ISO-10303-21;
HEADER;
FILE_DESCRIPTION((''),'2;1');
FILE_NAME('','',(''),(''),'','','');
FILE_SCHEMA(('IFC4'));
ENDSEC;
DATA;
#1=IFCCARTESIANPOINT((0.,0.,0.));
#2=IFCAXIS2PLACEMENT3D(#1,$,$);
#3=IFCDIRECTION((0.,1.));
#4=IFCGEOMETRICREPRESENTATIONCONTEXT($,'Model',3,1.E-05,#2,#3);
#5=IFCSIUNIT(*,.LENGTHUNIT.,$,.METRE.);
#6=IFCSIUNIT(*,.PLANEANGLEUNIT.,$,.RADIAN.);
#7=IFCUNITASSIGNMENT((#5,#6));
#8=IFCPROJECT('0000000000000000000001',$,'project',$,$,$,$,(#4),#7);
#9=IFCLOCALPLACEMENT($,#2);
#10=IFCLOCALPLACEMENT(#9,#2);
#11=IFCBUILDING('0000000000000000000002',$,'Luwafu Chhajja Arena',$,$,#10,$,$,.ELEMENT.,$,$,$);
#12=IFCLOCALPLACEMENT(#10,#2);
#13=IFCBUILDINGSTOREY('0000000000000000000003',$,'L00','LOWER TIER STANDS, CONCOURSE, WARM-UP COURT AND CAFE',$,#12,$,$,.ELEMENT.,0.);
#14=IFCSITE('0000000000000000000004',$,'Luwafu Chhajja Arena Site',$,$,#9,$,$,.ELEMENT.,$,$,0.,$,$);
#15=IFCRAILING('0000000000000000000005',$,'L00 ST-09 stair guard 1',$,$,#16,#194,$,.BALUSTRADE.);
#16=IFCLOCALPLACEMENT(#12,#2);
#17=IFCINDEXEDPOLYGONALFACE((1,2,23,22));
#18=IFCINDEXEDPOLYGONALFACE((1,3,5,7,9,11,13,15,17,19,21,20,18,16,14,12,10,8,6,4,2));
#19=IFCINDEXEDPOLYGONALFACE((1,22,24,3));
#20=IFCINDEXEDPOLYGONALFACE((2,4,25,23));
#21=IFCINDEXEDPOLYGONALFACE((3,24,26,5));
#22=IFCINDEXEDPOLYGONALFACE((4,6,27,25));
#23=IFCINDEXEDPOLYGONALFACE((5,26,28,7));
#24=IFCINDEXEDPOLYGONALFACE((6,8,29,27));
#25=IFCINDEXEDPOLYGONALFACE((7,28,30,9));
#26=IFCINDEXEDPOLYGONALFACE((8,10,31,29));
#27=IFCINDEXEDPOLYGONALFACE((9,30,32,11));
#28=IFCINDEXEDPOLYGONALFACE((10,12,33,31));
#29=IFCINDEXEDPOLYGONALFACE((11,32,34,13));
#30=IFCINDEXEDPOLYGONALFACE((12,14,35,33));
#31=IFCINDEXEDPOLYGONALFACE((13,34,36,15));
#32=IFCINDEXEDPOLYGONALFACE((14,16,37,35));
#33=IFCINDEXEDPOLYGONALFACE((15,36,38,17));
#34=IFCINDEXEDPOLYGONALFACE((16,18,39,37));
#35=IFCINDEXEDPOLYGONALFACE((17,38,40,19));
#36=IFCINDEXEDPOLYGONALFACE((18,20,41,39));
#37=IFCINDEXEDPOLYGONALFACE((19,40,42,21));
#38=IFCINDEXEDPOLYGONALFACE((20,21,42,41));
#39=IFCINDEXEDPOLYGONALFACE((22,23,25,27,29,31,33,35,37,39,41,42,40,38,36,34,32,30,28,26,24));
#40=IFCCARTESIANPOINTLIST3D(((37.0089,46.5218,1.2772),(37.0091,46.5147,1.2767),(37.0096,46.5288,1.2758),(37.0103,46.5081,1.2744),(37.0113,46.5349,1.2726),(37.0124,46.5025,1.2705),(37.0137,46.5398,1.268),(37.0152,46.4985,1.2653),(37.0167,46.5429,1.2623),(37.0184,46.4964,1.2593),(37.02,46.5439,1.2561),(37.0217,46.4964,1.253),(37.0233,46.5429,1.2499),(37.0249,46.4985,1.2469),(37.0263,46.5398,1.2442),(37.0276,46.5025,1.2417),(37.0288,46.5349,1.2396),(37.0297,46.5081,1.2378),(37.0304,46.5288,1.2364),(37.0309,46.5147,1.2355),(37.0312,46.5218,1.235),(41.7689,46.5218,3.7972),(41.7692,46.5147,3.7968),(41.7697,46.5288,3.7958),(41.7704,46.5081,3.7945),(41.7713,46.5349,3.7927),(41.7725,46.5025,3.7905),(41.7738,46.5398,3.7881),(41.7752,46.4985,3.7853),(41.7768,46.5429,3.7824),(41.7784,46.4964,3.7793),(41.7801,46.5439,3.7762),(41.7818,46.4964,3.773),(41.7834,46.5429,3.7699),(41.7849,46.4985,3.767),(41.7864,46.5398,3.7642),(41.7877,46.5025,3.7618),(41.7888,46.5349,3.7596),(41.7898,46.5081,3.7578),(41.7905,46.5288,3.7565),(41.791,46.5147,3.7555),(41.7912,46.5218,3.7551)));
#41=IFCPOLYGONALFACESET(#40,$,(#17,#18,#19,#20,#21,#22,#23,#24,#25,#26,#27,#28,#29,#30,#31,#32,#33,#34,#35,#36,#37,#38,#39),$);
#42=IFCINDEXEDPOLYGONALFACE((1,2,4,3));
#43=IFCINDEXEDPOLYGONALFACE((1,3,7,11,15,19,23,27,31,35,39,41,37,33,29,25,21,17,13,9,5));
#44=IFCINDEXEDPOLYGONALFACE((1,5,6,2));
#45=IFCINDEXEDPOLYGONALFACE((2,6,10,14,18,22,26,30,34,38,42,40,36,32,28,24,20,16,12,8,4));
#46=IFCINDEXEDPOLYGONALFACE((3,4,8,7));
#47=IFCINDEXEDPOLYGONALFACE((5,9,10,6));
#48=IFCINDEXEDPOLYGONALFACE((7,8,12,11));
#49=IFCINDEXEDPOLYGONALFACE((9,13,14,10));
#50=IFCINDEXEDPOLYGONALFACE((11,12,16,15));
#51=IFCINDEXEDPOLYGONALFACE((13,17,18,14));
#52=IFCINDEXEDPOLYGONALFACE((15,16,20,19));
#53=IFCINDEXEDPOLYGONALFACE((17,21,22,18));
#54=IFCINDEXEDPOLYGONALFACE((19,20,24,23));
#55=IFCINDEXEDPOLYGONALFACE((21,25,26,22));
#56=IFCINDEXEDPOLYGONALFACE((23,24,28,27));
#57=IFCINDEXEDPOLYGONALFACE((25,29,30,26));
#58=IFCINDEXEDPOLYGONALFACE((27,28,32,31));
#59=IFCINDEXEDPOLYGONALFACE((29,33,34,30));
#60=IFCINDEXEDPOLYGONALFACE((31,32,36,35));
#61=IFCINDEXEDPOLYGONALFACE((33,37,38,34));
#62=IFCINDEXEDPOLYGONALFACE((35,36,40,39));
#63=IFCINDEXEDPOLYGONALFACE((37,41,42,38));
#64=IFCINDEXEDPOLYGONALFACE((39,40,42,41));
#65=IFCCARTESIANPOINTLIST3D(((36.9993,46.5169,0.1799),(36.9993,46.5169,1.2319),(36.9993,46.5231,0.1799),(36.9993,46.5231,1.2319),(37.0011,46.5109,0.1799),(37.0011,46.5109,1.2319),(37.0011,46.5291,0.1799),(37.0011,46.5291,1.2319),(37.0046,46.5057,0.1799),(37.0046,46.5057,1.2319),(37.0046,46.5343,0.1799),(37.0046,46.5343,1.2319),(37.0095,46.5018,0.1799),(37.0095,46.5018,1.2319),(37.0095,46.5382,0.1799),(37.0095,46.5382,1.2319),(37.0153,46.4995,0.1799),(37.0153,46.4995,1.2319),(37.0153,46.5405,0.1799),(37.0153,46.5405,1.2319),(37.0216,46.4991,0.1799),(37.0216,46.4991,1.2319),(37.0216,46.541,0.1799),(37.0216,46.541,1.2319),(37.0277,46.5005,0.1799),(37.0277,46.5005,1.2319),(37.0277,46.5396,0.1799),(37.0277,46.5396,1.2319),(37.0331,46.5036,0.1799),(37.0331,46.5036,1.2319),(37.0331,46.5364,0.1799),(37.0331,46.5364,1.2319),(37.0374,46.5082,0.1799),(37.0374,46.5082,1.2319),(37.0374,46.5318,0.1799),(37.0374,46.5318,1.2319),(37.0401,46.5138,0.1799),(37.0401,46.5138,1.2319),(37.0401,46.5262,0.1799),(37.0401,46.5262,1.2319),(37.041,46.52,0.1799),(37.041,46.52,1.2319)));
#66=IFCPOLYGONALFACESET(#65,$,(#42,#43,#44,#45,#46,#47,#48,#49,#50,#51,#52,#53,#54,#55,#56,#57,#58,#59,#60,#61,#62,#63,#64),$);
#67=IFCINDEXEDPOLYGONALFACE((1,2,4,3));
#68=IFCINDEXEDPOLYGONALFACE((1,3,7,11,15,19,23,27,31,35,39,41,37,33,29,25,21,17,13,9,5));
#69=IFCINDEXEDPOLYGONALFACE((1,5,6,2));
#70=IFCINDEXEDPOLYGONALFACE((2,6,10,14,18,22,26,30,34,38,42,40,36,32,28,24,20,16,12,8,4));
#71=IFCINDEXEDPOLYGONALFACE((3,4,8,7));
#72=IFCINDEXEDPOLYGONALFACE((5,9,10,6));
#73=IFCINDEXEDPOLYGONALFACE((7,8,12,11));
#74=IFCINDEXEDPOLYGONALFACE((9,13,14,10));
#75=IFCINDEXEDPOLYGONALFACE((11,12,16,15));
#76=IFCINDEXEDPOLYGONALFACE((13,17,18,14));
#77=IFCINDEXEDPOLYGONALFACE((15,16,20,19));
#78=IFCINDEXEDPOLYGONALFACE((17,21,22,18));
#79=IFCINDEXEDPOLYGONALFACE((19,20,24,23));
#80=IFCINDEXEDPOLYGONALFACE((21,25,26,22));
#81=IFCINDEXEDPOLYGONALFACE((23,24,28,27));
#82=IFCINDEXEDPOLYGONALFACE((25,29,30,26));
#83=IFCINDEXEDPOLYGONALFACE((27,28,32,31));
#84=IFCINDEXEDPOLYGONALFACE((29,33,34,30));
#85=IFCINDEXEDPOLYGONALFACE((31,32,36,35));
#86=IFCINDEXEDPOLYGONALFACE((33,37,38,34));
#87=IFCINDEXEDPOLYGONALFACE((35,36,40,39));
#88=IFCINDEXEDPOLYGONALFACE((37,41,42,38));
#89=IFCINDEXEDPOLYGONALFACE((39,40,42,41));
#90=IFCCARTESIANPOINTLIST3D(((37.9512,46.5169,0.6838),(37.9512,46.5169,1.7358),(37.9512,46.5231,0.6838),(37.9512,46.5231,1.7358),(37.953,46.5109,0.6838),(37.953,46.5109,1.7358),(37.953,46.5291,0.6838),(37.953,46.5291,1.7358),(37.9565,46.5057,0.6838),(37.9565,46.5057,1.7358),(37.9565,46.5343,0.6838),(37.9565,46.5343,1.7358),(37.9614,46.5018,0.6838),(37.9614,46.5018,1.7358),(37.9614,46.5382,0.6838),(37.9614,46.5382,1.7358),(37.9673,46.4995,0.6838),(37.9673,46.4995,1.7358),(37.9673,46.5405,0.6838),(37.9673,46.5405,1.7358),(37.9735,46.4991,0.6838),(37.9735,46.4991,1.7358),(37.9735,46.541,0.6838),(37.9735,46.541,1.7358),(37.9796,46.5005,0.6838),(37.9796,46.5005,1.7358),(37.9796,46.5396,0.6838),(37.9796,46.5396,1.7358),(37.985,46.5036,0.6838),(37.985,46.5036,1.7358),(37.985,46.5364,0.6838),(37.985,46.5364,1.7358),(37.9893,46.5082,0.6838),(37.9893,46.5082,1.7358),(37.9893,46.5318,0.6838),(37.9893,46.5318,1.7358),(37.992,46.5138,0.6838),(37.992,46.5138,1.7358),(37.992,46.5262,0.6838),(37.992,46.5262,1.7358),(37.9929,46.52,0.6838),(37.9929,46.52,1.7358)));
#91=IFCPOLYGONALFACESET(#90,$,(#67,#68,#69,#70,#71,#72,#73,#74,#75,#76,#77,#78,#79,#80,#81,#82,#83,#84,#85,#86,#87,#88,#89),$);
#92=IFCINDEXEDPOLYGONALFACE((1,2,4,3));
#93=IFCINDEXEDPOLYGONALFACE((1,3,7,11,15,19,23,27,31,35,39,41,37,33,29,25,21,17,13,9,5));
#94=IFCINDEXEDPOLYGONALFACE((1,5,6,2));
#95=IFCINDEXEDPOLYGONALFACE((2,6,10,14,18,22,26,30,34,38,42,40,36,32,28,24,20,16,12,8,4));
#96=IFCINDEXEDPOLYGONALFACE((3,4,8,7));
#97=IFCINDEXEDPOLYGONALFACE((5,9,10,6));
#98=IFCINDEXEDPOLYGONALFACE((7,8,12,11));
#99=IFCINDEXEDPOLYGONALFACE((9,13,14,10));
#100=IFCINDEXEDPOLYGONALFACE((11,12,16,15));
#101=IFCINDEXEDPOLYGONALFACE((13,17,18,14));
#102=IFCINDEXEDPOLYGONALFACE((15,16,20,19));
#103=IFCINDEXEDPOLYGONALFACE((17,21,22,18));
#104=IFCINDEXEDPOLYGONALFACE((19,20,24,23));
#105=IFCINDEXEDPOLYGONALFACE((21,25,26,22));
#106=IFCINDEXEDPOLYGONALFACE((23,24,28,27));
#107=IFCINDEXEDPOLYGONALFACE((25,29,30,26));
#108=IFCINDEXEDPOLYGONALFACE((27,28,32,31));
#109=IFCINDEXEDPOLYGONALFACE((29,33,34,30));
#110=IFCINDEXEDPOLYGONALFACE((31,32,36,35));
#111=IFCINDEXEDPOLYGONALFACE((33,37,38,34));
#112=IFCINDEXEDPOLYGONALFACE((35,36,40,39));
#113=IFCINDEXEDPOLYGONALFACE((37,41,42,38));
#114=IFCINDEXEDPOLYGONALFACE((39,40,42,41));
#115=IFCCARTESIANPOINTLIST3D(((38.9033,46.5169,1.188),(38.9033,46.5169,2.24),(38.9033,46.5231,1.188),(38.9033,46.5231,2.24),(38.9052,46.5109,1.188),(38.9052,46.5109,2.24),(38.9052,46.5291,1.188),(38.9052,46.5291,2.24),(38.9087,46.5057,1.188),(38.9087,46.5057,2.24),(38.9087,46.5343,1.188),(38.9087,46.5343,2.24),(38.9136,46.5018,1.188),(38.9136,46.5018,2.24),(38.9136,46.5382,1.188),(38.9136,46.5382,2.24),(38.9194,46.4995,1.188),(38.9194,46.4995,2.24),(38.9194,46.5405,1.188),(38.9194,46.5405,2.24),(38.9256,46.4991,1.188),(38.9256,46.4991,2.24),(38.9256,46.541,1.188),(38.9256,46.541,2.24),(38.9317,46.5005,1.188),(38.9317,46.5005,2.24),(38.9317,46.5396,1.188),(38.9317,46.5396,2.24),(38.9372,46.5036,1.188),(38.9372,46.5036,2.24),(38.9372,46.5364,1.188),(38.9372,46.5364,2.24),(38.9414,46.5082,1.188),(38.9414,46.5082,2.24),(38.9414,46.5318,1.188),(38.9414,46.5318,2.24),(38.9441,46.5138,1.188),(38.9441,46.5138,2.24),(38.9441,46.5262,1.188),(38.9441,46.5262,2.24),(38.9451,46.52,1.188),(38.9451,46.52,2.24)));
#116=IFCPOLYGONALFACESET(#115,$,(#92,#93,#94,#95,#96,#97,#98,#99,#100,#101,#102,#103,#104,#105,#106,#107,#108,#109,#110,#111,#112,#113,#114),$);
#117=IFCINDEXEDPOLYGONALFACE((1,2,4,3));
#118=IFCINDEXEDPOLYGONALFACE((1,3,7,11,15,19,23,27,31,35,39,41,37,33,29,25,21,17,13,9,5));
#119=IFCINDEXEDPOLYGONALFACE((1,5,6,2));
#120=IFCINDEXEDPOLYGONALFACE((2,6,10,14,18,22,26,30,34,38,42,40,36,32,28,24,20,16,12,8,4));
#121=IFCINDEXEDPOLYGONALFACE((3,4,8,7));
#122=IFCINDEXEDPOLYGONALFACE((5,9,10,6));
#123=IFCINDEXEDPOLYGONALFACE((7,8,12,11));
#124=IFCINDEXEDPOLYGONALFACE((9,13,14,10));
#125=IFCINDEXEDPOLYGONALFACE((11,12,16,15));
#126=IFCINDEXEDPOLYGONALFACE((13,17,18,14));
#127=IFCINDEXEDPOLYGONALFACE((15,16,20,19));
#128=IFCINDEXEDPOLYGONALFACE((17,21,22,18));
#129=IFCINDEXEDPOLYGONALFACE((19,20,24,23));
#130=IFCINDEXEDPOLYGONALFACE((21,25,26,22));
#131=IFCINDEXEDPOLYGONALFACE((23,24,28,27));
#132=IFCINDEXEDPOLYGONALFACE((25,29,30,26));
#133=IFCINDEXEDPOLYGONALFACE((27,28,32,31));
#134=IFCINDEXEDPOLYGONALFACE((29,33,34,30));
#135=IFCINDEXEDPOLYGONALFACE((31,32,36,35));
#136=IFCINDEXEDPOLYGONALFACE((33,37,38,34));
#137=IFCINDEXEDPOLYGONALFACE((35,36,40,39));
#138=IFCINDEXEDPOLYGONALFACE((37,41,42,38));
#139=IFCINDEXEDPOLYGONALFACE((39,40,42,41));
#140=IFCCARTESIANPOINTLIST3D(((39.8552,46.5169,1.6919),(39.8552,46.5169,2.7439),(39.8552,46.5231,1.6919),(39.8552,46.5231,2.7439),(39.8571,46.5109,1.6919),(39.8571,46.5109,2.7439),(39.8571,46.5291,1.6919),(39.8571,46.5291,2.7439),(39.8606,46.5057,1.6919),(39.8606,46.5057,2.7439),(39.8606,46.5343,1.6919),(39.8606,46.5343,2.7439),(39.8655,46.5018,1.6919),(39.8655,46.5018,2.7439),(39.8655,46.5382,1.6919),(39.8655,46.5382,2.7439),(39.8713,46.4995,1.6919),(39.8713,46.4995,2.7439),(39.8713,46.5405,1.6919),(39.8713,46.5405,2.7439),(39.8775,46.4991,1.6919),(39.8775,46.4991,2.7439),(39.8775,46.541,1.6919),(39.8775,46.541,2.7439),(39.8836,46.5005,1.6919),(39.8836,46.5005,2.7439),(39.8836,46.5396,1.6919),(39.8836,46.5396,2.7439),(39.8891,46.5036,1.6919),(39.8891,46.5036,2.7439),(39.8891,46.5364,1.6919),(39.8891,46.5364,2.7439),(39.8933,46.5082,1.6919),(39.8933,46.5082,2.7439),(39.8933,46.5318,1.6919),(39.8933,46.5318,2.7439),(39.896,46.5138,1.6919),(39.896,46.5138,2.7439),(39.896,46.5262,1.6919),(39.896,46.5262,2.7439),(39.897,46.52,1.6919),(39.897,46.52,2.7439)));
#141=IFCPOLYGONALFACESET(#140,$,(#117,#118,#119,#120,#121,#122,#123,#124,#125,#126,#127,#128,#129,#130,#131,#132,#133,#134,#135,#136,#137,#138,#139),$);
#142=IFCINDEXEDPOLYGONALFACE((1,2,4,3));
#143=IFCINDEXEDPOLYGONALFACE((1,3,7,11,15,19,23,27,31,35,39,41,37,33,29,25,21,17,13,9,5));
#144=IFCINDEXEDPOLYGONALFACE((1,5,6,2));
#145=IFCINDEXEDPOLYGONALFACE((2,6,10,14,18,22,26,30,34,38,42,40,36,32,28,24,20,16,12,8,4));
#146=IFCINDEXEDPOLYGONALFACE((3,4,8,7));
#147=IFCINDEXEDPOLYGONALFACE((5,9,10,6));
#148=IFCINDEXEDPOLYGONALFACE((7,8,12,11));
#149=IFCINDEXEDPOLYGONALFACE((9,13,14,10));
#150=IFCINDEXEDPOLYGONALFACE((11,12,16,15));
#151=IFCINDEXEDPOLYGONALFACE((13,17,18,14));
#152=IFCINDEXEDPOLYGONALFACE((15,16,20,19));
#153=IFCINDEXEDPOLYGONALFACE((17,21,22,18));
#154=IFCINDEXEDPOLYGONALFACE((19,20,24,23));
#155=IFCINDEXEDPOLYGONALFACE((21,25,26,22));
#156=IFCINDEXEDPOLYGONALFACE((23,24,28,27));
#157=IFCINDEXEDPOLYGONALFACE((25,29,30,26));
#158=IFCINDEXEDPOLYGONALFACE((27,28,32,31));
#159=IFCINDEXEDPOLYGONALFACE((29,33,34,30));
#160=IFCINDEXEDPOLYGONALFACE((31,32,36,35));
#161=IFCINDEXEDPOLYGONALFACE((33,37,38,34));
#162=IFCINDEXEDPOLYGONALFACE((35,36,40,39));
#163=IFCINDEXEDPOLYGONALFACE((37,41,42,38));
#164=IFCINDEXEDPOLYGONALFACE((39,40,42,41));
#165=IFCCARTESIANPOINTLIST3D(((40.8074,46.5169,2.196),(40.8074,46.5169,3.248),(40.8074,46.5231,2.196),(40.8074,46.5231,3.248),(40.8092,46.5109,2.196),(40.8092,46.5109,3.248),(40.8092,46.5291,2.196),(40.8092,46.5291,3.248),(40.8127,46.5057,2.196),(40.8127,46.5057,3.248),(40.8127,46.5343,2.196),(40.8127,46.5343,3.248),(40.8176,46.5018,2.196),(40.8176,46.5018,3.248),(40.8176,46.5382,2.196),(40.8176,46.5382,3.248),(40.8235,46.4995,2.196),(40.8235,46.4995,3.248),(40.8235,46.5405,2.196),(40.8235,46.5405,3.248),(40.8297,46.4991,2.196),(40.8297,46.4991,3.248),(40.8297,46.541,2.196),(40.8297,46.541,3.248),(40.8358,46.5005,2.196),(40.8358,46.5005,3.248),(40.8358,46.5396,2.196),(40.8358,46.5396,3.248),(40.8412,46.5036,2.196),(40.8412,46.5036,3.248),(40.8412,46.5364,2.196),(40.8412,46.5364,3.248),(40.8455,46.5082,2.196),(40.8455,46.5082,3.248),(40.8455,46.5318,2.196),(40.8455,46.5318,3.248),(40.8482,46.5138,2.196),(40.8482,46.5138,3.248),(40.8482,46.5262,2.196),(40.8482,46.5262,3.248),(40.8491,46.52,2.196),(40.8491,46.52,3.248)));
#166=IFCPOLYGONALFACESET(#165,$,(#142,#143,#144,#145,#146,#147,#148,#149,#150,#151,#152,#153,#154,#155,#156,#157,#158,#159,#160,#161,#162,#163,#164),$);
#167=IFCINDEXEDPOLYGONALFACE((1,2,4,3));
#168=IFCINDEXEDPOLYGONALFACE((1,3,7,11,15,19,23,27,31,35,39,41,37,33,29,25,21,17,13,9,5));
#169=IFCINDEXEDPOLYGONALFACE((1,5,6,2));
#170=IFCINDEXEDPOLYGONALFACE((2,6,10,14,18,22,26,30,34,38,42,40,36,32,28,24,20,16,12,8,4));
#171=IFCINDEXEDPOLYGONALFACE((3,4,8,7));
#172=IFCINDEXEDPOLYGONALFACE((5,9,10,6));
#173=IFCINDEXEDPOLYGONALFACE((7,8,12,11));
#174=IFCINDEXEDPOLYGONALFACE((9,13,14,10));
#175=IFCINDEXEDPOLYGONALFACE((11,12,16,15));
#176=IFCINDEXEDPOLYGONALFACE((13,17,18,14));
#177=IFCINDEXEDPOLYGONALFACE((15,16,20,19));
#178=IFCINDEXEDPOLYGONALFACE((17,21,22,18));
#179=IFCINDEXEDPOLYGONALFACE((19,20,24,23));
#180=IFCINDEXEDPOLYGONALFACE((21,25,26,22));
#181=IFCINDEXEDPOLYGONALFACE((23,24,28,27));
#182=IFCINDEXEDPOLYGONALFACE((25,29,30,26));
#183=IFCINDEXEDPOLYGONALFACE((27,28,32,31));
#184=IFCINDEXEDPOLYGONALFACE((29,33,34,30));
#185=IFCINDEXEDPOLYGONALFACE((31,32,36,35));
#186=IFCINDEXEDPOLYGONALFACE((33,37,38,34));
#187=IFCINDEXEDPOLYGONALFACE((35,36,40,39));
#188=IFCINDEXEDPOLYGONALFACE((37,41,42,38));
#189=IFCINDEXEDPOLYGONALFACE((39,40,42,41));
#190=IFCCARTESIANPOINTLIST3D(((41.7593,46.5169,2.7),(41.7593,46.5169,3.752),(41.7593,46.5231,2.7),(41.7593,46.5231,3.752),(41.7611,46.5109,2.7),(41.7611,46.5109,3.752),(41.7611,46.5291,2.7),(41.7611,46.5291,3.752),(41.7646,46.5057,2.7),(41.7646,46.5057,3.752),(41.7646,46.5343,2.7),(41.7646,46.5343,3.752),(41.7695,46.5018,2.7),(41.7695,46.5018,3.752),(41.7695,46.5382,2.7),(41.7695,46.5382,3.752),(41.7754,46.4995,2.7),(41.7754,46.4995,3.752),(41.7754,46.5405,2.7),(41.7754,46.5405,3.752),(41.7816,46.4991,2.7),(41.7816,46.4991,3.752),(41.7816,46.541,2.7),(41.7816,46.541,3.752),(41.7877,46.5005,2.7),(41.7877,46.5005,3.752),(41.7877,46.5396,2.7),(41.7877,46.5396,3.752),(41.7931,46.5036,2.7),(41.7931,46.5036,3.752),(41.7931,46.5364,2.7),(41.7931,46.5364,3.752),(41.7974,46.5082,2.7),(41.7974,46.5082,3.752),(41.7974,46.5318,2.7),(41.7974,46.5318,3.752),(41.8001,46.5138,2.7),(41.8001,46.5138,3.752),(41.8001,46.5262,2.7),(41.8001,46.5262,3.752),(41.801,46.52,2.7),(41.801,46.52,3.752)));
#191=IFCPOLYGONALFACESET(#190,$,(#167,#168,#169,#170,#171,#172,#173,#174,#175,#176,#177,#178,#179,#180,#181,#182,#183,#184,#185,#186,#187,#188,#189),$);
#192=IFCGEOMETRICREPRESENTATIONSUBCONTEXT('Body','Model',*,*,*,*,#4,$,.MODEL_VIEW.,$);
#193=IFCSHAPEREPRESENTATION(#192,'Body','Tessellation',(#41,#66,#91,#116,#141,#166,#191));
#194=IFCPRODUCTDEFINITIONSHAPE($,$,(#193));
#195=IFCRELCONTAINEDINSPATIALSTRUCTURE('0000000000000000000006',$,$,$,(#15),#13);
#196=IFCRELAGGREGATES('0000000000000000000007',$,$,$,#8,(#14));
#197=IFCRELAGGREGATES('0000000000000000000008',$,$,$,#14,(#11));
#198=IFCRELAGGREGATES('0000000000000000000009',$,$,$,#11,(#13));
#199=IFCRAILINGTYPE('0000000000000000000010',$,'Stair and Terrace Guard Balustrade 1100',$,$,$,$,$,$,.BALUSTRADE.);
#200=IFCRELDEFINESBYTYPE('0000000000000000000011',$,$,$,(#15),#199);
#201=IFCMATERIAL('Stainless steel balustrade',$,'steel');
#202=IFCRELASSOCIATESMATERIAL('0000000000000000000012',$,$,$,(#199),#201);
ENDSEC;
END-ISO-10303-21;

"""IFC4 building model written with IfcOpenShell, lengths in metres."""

from ifc_helpers import new_model, si_unit, direction, frame, origin, origin_2d, place, context, subcontext, project, spatial, circle, extrude, material, type_object, element, save


model = new_model("IFC4")

# Units and contexts
model_context = context("Model", 3, precision=1e-05, world=origin(), true_north=direction((0.0, 1.0)))
body_context = subcontext(model_context, "Body", "Model", "MODEL_VIEW")
ifc_project = project(units=[si_unit("LENGTHUNIT", "METRE"), si_unit("PLANEANGLEUNIT", "RADIAN")], contexts=[model_context])

# Site, building, storey
site_placement = place(None, origin())
site = spatial("IfcSite", under=ifc_project, at=site_placement, Name="Luwafu Chhajja Arena Site", CompositionType="ELEMENT", RefElevation=0.0)
building_placement = place(site_placement, origin())
building = spatial("IfcBuilding", under=site, at=building_placement, Name="Luwafu Chhajja Arena", CompositionType="ELEMENT")
storey_placement = place(building_placement, origin())
storey = spatial("IfcBuildingStorey", under=building, at=storey_placement, Name="L00", Description="LOWER TIER STANDS, CONCOURSE, WARM-UP COURT AND CAFE", CompositionType="ELEMENT", Elevation=0.0)

# Railing
ifc_material_1 = material(Name="Stainless steel balustrade", Category="steel")
railing_type_1 = type_object("IfcRailingType", Name="Stair and Terrace Guard Balustrade 1100", PredefinedType="BALUSTRADE", material=ifc_material_1)
railing_1_placement = place(storey_placement, frame((37.02, 46.52, 0.1799)))
element("IfcRailing", 1, at=railing_1_placement, inside=storey, type_object=railing_type_1, Name="L00 ST-09 stair guard 1", PredefinedType="BALUSTRADE", context=body_context, shape_type="SweptSolid", body=[
    extrude(circle(Radius=0.0239, at=origin_2d()), frame((0.0, 0.0, 1.0762), z_axis=(0.883787, 0.0, 0.46789), x_axis=(0.0, 1.0, 0.0)), (0.0, 0.0, 1.0), 5.386),
    extrude(circle(Radius=0.021, at=origin_2d()), origin(), (0.0, 0.0, 1.0), 1.052),
    extrude(circle(Radius=0.021, at=origin_2d()), frame((0.9519, 0.0, 0.5039)), (0.0, 0.0, 1.0), 1.052),
    extrude(circle(Radius=0.021, at=origin_2d()), frame((1.9041, 0.0, 1.0081)), (0.0, 0.0, 1.0), 1.052),
    extrude(circle(Radius=0.021, at=origin_2d()), frame((2.856, 0.0, 1.512)), (0.0, 0.0, 1.0), 1.052),
    extrude(circle(Radius=0.021, at=origin_2d()), frame((3.8081, 0.0, 2.0161)), (0.0, 0.0, 1.0), 1.052),
    extrude(circle(Radius=0.021, at=origin_2d()), frame((4.76, 0.0, 2.52)), (0.0, 0.0, 1.0), 1.052),
])

save(model, "model.ifc")
